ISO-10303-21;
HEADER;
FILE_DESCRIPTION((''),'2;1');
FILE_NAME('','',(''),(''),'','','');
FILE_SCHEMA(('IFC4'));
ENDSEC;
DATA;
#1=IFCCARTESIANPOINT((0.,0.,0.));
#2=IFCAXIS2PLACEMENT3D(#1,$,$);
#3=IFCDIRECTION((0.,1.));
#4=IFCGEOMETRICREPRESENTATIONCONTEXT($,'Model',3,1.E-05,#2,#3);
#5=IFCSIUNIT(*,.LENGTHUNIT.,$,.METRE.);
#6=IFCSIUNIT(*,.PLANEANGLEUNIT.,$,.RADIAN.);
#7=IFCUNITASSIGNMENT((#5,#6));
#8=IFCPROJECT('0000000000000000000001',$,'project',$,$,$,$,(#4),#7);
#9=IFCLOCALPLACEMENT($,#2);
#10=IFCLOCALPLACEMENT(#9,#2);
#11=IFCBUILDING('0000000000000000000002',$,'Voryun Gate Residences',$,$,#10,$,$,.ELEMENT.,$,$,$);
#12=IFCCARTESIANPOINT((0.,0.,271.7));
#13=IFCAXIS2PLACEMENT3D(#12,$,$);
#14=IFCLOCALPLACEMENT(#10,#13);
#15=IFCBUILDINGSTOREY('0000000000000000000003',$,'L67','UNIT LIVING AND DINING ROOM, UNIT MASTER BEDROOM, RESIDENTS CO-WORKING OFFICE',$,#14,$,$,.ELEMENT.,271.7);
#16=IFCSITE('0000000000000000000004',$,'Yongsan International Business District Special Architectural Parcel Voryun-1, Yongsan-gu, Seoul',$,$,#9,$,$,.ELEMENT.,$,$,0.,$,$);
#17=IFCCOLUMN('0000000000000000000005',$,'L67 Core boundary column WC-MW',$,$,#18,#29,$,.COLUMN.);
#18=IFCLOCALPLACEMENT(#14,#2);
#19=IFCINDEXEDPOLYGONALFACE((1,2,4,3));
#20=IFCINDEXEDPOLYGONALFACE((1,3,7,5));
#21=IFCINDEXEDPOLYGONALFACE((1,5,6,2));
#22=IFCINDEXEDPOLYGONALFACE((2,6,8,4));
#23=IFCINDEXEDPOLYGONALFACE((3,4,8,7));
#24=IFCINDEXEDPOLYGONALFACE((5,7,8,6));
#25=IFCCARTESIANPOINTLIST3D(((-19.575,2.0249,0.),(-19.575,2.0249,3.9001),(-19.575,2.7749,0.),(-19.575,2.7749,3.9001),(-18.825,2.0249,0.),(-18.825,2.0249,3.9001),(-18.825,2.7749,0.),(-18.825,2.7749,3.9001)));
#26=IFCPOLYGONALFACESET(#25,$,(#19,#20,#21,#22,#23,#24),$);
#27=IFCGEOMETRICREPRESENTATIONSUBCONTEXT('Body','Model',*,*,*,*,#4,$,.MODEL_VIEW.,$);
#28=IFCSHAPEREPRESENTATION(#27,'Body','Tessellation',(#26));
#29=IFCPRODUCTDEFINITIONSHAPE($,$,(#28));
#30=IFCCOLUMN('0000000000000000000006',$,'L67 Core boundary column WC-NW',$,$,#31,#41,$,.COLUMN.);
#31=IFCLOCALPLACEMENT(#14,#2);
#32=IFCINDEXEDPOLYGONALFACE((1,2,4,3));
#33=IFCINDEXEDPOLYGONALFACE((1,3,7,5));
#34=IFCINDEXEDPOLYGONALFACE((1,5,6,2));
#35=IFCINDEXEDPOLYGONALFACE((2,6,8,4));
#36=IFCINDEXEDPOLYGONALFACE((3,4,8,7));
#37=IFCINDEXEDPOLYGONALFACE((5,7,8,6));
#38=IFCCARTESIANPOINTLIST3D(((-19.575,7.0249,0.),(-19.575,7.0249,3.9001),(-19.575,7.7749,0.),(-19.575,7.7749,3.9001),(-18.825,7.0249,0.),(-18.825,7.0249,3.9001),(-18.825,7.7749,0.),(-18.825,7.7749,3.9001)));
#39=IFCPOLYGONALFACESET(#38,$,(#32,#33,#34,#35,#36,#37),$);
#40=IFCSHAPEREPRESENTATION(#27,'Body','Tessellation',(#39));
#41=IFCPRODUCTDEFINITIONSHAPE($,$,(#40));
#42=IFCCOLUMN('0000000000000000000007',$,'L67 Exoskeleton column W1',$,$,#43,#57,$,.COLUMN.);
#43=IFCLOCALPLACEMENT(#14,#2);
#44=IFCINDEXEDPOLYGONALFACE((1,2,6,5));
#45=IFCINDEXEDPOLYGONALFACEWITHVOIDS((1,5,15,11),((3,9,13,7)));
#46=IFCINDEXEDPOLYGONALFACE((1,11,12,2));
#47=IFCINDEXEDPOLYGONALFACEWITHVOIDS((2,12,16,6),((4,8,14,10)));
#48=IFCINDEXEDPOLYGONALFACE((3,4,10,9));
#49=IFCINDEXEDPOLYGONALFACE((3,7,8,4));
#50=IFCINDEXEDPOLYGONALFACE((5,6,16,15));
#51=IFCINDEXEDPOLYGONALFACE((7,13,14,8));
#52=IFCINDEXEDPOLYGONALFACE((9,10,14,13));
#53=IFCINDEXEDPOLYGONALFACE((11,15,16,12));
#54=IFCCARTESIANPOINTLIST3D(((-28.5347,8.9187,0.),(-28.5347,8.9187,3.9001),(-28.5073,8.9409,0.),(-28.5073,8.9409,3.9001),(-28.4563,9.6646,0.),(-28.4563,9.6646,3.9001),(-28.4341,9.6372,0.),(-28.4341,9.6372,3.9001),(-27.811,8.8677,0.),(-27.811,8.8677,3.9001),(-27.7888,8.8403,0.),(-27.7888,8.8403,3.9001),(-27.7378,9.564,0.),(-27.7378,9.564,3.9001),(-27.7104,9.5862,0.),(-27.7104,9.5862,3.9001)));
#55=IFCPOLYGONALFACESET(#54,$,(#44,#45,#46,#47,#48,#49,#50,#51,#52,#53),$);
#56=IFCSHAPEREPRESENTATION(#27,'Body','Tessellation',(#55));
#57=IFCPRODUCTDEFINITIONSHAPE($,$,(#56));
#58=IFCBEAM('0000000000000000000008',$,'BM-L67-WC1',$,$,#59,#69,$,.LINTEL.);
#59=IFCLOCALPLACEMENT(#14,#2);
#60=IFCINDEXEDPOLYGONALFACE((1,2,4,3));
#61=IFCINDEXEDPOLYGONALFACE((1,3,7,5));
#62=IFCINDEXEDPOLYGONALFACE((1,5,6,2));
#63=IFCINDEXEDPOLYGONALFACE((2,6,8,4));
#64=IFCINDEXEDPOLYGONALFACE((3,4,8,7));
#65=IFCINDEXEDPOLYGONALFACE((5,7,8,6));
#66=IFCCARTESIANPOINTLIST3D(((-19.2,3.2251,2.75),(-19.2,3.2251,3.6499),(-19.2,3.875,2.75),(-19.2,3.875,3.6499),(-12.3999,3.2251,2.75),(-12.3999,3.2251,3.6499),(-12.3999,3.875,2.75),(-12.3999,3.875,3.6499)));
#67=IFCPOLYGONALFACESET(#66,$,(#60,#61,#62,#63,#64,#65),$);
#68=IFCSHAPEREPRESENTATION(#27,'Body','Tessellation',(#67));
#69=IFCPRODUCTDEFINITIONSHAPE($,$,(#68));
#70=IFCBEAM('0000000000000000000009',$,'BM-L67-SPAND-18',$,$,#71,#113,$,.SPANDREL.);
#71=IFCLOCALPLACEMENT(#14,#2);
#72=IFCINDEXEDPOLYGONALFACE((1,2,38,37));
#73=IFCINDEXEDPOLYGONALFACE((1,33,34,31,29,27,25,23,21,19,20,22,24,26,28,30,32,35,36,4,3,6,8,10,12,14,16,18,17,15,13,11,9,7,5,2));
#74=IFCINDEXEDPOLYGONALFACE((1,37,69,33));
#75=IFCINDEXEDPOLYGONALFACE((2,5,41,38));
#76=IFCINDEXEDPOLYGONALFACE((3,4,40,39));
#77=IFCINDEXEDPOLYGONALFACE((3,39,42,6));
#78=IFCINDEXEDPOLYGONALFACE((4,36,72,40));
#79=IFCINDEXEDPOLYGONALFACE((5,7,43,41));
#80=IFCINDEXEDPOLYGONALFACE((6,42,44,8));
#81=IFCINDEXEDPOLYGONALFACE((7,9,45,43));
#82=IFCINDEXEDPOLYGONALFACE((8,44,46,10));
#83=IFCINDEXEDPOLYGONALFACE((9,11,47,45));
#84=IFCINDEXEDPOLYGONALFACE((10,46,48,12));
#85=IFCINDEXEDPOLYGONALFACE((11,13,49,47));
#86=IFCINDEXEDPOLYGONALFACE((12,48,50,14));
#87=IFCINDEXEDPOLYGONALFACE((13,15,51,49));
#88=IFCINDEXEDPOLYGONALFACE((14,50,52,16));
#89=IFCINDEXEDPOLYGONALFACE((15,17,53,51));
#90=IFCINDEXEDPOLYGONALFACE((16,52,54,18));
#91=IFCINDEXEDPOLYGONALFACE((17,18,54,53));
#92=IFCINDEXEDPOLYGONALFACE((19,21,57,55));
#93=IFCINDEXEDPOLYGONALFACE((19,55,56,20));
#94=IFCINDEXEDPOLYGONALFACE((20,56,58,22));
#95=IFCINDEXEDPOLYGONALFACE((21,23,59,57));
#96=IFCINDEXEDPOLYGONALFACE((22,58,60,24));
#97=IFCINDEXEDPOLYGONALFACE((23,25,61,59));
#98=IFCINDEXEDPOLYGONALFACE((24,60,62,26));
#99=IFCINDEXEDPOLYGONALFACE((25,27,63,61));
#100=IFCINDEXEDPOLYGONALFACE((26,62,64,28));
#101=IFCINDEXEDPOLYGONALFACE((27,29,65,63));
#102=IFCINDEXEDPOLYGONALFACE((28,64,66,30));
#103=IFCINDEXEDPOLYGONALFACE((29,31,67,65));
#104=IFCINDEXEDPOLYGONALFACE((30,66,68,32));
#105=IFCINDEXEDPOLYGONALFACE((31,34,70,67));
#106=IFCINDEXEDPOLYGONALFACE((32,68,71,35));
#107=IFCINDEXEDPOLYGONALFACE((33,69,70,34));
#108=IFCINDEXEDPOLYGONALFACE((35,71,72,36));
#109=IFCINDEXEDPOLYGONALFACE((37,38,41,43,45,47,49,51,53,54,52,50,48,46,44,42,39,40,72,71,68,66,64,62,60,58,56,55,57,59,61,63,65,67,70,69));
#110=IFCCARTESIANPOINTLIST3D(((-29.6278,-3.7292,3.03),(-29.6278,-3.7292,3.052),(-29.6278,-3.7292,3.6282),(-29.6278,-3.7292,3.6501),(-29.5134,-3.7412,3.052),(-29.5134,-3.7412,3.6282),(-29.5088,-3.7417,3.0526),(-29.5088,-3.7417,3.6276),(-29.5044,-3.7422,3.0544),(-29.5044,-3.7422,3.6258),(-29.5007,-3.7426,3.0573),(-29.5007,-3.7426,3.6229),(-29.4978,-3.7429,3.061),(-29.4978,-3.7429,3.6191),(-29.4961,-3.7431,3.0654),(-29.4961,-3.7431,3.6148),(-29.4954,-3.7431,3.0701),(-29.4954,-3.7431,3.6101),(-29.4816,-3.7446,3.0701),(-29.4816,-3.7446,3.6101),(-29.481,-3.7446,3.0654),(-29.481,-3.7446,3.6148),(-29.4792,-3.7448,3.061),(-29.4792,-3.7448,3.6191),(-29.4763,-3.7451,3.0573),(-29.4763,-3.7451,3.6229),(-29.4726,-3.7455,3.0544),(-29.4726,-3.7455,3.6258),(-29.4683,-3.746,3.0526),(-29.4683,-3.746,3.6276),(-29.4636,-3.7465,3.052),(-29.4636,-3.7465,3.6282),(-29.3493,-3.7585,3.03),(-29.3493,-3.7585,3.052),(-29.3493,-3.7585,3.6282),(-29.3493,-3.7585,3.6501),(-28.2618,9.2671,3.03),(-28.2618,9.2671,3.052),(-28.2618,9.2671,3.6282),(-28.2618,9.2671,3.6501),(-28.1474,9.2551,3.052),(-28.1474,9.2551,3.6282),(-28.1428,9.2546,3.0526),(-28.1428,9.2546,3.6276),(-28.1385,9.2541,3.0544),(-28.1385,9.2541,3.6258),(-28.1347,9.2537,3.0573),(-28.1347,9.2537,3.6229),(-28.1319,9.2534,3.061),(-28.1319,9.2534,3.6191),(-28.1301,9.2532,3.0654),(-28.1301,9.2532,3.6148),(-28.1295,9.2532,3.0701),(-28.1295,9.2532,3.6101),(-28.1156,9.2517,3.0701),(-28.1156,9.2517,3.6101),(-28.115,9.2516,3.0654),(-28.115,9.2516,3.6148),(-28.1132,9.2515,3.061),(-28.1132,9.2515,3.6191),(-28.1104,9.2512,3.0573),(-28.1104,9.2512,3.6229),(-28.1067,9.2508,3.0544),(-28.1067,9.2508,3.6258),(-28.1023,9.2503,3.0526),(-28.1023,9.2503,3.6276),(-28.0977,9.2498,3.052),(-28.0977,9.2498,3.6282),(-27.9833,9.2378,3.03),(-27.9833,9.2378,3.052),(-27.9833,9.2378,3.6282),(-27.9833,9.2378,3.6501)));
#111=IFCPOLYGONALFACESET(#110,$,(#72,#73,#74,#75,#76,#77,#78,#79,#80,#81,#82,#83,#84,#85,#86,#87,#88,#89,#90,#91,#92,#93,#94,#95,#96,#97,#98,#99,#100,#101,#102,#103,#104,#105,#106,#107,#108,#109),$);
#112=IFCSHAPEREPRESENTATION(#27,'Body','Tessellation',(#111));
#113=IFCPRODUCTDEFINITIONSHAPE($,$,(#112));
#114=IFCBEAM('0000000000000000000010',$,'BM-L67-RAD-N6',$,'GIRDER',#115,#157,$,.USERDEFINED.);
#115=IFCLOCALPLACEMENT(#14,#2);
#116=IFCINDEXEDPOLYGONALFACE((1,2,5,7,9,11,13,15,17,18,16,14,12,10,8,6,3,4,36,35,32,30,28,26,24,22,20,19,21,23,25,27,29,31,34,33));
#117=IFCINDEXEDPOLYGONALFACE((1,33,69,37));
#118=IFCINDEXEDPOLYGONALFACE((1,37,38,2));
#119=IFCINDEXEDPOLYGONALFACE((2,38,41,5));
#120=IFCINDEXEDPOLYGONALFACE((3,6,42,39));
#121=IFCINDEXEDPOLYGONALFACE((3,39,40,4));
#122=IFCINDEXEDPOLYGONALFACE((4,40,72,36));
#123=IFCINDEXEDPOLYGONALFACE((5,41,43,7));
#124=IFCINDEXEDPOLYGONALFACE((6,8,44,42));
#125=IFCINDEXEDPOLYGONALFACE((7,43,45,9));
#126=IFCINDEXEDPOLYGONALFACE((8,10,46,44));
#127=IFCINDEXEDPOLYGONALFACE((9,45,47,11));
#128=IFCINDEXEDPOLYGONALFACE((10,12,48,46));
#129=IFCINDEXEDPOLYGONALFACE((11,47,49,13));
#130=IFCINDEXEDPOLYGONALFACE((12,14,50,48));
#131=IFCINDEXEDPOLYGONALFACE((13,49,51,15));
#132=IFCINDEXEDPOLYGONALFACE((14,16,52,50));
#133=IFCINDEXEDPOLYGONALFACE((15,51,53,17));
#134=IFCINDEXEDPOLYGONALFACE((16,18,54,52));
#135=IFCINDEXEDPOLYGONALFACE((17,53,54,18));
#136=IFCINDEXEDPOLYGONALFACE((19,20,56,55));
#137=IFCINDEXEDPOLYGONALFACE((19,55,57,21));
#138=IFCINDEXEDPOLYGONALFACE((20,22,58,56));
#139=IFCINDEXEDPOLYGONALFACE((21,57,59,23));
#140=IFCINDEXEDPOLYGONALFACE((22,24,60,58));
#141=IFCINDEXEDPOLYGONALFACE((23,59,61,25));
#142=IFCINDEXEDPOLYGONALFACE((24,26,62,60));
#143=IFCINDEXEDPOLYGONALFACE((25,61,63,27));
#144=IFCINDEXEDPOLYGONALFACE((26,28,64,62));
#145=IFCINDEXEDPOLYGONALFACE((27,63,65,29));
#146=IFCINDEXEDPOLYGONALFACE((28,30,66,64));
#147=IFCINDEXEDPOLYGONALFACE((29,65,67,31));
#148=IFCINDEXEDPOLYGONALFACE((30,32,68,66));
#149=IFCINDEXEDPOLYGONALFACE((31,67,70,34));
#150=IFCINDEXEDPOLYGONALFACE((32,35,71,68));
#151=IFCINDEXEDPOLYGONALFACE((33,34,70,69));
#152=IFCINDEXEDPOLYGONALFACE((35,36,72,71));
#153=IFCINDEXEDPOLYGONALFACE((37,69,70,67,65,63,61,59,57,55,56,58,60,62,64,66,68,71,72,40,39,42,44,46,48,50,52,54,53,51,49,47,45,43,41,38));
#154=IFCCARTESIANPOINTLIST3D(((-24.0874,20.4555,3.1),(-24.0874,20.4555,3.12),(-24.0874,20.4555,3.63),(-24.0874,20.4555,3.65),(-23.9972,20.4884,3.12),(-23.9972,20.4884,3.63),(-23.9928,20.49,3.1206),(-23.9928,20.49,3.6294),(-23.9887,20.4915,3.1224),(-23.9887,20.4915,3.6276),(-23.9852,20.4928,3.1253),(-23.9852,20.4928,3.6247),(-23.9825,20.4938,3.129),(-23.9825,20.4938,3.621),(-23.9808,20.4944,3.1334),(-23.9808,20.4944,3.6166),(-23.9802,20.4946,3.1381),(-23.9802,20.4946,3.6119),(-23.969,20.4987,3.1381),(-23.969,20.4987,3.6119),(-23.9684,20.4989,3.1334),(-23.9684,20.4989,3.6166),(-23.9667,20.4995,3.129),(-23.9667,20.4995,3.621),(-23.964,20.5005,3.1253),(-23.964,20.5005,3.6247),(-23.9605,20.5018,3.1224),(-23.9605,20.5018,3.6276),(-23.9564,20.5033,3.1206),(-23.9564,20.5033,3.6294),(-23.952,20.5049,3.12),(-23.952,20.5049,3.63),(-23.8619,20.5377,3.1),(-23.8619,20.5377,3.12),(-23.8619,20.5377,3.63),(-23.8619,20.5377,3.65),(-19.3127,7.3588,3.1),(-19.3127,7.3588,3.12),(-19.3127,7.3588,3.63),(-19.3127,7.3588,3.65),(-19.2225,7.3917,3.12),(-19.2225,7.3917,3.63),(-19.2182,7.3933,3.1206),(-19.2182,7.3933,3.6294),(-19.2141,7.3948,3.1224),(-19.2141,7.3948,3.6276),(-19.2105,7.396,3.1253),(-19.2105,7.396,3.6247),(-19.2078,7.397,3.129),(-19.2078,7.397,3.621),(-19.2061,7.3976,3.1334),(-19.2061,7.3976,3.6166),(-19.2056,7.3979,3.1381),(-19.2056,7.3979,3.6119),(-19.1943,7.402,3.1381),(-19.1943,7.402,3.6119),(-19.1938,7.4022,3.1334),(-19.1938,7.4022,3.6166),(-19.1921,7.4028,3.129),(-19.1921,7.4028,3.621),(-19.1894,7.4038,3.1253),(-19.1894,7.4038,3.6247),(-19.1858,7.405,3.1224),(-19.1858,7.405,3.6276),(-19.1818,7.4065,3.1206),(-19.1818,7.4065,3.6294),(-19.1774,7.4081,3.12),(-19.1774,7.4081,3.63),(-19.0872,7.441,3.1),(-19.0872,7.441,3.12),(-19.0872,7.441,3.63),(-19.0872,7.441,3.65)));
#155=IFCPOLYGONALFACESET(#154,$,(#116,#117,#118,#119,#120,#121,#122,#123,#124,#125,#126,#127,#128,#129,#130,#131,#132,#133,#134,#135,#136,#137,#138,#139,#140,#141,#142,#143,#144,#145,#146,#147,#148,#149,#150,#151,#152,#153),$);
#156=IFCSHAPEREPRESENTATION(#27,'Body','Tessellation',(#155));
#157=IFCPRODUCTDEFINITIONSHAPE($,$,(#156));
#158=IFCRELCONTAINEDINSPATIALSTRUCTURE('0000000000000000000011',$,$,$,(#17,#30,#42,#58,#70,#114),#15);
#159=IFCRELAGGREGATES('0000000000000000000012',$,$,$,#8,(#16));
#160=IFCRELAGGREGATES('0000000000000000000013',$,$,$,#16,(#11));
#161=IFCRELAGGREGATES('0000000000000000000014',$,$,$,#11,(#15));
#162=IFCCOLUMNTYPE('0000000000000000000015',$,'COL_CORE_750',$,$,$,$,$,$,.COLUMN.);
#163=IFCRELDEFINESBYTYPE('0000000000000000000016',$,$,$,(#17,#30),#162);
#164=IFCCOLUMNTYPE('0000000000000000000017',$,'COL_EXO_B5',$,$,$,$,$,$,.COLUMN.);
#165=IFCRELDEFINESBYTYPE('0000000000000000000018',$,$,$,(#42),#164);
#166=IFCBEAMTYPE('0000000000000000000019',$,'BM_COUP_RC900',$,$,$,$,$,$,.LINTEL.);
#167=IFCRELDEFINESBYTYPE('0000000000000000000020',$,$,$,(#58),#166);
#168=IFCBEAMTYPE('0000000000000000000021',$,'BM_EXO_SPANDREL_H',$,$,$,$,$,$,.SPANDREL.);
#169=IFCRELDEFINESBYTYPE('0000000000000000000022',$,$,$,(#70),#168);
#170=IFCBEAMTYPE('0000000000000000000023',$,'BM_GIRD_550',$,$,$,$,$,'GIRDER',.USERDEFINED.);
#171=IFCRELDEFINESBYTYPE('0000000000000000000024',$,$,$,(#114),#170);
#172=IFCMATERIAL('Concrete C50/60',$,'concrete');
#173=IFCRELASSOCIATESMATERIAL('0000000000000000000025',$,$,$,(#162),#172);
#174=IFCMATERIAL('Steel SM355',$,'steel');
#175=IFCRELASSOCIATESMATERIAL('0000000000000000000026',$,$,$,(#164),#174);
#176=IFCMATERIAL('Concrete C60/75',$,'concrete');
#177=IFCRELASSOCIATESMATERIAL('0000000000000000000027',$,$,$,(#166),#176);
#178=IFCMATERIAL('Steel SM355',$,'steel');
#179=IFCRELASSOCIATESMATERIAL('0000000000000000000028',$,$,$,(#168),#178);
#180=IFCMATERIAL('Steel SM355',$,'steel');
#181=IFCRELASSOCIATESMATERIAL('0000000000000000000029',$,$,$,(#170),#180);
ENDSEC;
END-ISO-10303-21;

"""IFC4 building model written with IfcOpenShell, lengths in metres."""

from ifc_helpers import new_model, si_unit, direction, frame, origin, origin_2d, place, context, subcontext, project, spatial, rectangle, hollow_rectangle, i_section, extrude, material, material_profile, profile_set, type_object, element, save


model = new_model("IFC4")

# Units and contexts
model_context = context("Model", 3, precision=1e-05, world=origin(), true_north=direction((0.0, 1.0)))
body_context = subcontext(model_context, "Body", "Model", "MODEL_VIEW")
ifc_project = project(units=[si_unit("LENGTHUNIT", "METRE"), si_unit("PLANEANGLEUNIT", "RADIAN")], contexts=[model_context])

# Site, building, storey
site_placement = place(None, origin())
site = spatial("IfcSite", under=ifc_project, at=site_placement, Name="Yongsan International Business District Special Architectural Parcel Voryun-1, Yongsan-gu, Seoul", CompositionType="ELEMENT", RefElevation=0.0)
building_placement = place(site_placement, origin())
building = spatial("IfcBuilding", under=site, at=building_placement, Name="Voryun Gate Residences", CompositionType="ELEMENT")
storey_placement = place(building_placement, frame((0.0, 0.0, 271.7)))
storey = spatial("IfcBuildingStorey", under=building, at=storey_placement, Name="L67", Description="UNIT LIVING AND DINING ROOM, UNIT MASTER BEDROOM, RESIDENTS CO-WORKING OFFICE", CompositionType="ELEMENT", Elevation=271.7)

# Columns
ifc_material_1 = material(Name="Concrete C50/60", Category="concrete")
ifc_material_profile_1 = material_profile(ifc_material_1, rectangle(XDim=0.75, YDim=0.75, at=origin_2d()), Name="RC-750x750")
ifc_profile_set_1 = profile_set([ifc_material_profile_1], Name="Concrete C50/60")
column_type_1 = type_object("IfcColumnType", Name="COL_CORE_750", PredefinedType="COLUMN", material=ifc_profile_set_1)
for number, where, z_axis, x_axis, name in (
    (1, (-19.2, 2.3999, 0.0), (0.0, 0.0, 1.0), (1.0, 0.0, 0.0), "L67 Core boundary column WC-MW"),
    (2, (-19.2, 7.3999, 0.0), (0.0, 0.0, 1.0), (1.0, 0.0, 0.0), "L67 Core boundary column WC-NW"),
):
    element("IfcColumn", number, at=place(storey_placement, frame(where, z_axis=z_axis, x_axis=x_axis)), inside=storey, type_object=column_type_1, Name=name, PredefinedType="COLUMN", context=body_context, shape_type="SweptSolid", body=[
        extrude(rectangle(XDim=0.75, YDim=0.75, at=origin_2d()), origin(), (0.0, 0.0, 1.0), 3.9001),
    ])
ifc_material_2 = material(Name="Steel SM355", Category="steel")
ifc_material_profile_2 = material_profile(ifc_material_2, hollow_rectangle(XDim=0.75, YDim=0.75, WallThickness=0.0249, at=origin_2d()), Name="BOX-750x750x25")
ifc_profile_set_2 = profile_set([ifc_material_profile_2], Name="Steel SM355")
column_type_2 = type_object("IfcColumnType", Name="COL_EXO_B5", PredefinedType="COLUMN", material=ifc_profile_set_2)
column_placement = place(storey_placement, frame((-28.1226, 9.2524, 0.0), z_axis=(0.0, 0.0, 1.0), x_axis=(0.994522, -0.104528, 0.0)))
element("IfcColumn", 3, at=column_placement, inside=storey, type_object=column_type_2, Name="L67 Exoskeleton column W1", PredefinedType="COLUMN", context=body_context, shape_type="SweptSolid", body=[
    extrude(hollow_rectangle(XDim=0.75, YDim=0.75, WallThickness=0.0249, at=origin_2d()), origin(), (0.0, 0.0, 1.0), 3.9001),
])

# Beams
ifc_material_3 = material(Name="Concrete C60/75", Category="concrete")
ifc_material_profile_3 = material_profile(ifc_material_3, rectangle(XDim=0.6499, YDim=0.8999, at=origin_2d()), Name="RC-650x900")
ifc_profile_set_3 = profile_set([ifc_material_profile_3], Name="Concrete C60/75")
beam_type_1 = type_object("IfcBeamType", Name="BM_COUP_RC900", PredefinedType="LINTEL", material=ifc_profile_set_3)
beam_1_placement = place(storey_placement, frame((-19.2, 3.55, 3.2), z_axis=(1.0, 0.0, 0.0), x_axis=(0.0, 1.0, 0.0)))
element("IfcBeam", 4, at=beam_1_placement, inside=storey, type_object=beam_type_1, Name="BM-L67-WC1", PredefinedType="LINTEL", context=body_context, shape_type="SweptSolid", body=[
    extrude(rectangle(XDim=0.6499, YDim=0.8999, at=origin_2d()), origin(), (0.0, 0.0, 1.0), 6.8),
])
ifc_material_4 = material(Name="Steel SM355", Category="steel")
ifc_material_profile_4 = material_profile(ifc_material_4, i_section(OverallWidth=0.28, OverallDepth=0.6201, WebThickness=0.0139, FlangeThickness=0.022, FilletRadius=0.0181, at=origin_2d()), Name="H-620x280x14x22")
ifc_profile_set_4 = profile_set([ifc_material_profile_4], Name="Steel SM355")
beam_type_2 = type_object("IfcBeamType", Name="BM_EXO_SPANDREL_H", PredefinedType="SPANDREL", material=ifc_profile_set_4)
beam_2_placement = place(storey_placement, frame((-28.1226, 9.2524, 3.3401), z_axis=(-0.104528, -0.994522, 0.0), x_axis=(0.994522, -0.104528, 0.0)))
element("IfcBeam", 5, at=beam_2_placement, inside=storey, type_object=beam_type_2, Name="BM-L67-SPAND-18", PredefinedType="SPANDREL", context=body_context, shape_type="SweptSolid", body=[
    extrude(i_section(OverallWidth=0.28, OverallDepth=0.6201, WebThickness=0.0139, FlangeThickness=0.022, FilletRadius=0.0181, at=origin_2d()), origin(), (0.0, 0.0, 1.0), 13.0679),
])
ifc_material_5 = material(Name="Steel SM355", Category="steel")
ifc_material_profile_5 = material_profile(ifc_material_5, i_section(OverallWidth=0.24, OverallDepth=0.55, WebThickness=0.012, FlangeThickness=0.02, FilletRadius=0.0181, at=origin_2d()), Name="H-550x240x12x20")
ifc_profile_set_5 = profile_set([ifc_material_profile_5], Name="Steel SM355")
beam_type_3 = type_object("IfcBeamType", Name="BM_GIRD_550", ElementType="GIRDER", PredefinedType="USERDEFINED", material=ifc_profile_set_5)
beam_3_placement = place(storey_placement, frame((-19.2, 7.3999, 3.375), z_axis=(-0.342518, 0.939511, 0.0), x_axis=(-0.939511, -0.342518, 0.0)))
element("IfcBeam", 6, at=beam_3_placement, inside=storey, type_object=beam_type_3, Name="BM-L67-RAD-N6", ObjectType="GIRDER", PredefinedType="USERDEFINED", context=body_context, shape_type="SweptSolid", body=[
    extrude(i_section(OverallWidth=0.24, OverallDepth=0.55, WebThickness=0.012, FlangeThickness=0.02, FilletRadius=0.0181, at=origin_2d()), origin(), (0.0, 0.0, 1.0), 13.9399),
])

save(model, "model.ifc")
